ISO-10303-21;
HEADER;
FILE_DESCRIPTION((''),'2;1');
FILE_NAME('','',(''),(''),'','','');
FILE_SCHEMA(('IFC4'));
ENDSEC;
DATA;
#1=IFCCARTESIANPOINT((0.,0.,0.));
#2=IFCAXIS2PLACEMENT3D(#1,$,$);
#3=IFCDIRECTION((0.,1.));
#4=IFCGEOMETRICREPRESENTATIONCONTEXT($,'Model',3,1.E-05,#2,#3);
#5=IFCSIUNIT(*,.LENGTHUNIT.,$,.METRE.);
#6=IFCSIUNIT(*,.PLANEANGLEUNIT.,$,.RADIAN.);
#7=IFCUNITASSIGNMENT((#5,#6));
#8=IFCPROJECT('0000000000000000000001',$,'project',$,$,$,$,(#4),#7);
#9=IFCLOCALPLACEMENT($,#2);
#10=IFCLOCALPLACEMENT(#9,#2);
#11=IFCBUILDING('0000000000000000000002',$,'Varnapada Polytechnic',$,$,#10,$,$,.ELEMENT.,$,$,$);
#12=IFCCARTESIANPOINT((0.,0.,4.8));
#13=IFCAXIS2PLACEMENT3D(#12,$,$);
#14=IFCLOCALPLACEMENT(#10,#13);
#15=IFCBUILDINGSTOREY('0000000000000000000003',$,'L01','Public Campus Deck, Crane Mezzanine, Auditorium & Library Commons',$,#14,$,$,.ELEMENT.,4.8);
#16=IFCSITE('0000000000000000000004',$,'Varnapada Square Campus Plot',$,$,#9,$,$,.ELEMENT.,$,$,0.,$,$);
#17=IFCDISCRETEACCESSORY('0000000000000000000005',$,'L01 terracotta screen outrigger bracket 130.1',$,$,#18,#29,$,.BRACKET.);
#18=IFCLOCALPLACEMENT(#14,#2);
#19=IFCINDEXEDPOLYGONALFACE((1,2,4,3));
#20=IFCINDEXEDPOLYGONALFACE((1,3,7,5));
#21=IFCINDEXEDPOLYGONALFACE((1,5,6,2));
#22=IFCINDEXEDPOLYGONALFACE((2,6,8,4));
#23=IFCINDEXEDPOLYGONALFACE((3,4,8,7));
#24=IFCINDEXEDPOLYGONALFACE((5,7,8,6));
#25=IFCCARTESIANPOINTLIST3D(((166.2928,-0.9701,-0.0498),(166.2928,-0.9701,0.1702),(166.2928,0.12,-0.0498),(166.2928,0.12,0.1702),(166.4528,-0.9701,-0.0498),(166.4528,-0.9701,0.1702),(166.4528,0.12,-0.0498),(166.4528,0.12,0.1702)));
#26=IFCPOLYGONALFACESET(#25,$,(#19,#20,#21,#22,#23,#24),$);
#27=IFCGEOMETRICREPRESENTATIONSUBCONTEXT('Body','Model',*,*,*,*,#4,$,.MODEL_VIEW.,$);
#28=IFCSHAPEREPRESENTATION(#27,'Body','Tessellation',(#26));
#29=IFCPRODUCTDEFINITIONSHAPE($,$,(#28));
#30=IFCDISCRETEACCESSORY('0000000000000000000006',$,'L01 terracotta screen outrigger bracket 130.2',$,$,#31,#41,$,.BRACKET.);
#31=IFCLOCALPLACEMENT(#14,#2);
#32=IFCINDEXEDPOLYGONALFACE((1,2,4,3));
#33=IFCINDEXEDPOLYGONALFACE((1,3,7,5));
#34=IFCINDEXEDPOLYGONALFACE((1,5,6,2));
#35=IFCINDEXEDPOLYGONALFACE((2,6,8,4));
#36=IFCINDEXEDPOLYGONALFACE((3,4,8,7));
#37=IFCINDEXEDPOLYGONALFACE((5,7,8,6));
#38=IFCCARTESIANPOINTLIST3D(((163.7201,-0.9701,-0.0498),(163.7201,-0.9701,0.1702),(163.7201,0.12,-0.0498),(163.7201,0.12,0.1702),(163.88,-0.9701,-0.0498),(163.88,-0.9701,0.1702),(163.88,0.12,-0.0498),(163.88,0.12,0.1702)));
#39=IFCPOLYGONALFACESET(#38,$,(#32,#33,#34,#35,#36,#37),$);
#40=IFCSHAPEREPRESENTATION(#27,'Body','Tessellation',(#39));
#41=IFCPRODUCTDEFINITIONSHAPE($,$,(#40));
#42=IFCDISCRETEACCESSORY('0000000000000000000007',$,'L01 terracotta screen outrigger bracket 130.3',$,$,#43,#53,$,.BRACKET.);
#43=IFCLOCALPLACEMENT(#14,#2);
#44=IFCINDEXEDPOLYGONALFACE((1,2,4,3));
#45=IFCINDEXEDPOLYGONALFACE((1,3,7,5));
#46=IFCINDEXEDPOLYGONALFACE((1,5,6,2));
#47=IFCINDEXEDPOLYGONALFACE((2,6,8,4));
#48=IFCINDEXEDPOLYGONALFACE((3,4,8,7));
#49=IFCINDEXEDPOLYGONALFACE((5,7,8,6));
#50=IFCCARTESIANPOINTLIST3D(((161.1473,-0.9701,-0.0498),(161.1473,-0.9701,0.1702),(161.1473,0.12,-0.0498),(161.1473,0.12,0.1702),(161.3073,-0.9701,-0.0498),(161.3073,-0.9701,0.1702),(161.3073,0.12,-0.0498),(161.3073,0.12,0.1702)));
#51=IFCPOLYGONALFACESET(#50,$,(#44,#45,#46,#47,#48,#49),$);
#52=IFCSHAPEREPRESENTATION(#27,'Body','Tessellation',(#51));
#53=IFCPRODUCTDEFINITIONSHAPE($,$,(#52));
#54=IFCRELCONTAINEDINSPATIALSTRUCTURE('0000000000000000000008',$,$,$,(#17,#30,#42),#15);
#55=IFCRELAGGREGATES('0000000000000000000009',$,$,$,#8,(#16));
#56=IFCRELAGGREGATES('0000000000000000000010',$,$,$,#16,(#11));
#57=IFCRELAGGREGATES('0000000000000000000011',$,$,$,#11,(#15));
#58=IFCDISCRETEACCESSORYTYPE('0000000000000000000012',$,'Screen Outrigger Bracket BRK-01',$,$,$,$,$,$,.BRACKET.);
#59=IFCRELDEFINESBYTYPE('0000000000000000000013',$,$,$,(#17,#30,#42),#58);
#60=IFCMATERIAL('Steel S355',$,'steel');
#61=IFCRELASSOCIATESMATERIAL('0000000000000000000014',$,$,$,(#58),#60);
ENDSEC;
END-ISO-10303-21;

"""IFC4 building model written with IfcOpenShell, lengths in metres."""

from ifc_helpers import new_model, si_unit, direction, frame, origin, origin_2d, place, context, subcontext, project, spatial, rectangle, extrude, material, type_object, element, save


model = new_model("IFC4")

# Units and contexts
model_context = context("Model", 3, precision=1e-05, world=origin(), true_north=direction((0.0, 1.0)))
body_context = subcontext(model_context, "Body", "Model", "MODEL_VIEW")
ifc_project = project(units=[si_unit("LENGTHUNIT", "METRE"), si_unit("PLANEANGLEUNIT", "RADIAN")], contexts=[model_context])

# Site, building, storey
site_placement = place(None, origin())
site = spatial("IfcSite", under=ifc_project, at=site_placement, Name="Varnapada Square Campus Plot", CompositionType="ELEMENT", RefElevation=0.0)
building_placement = place(site_placement, origin())
building = spatial("IfcBuilding", under=site, at=building_placement, Name="Varnapada Polytechnic", CompositionType="ELEMENT")
storey_placement = place(building_placement, frame((0.0, 0.0, 4.8)))
storey = spatial("IfcBuildingStorey", under=building, at=storey_placement, Name="L01", Description="Public Campus Deck, Crane Mezzanine, Auditorium & Library Commons", CompositionType="ELEMENT", Elevation=4.8)

# Shared definitions
ifc_material_1 = material(Name="Steel S355", Category="steel")

# Discrete accessories
discrete_accessory_type = type_object("IfcDiscreteAccessoryType", Name="Screen Outrigger Bracket BRK-01", PredefinedType="BRACKET", material=ifc_material_1)
for number, where, z_axis, x_axis, name in (
    (1, (166.3728, -0.425, -0.0498), (0.0, 0.0, 1.0), (-1.0, 0.0, 0.0), "L01 terracotta screen outrigger bracket 130.1"),
    (2, (163.8, -0.425, -0.0498), (0.0, 0.0, 1.0), (-1.0, 0.0, 0.0), "L01 terracotta screen outrigger bracket 130.2"),
    (3, (161.2273, -0.425, -0.0498), (0.0, 0.0, 1.0), (-1.0, 0.0, 0.0), "L01 terracotta screen outrigger bracket 130.3"),
):
    element("IfcDiscreteAccessory", number, at=place(storey_placement, frame(where, z_axis=z_axis, x_axis=x_axis)), inside=storey, type_object=discrete_accessory_type, Name=name, PredefinedType="BRACKET", context=body_context, shape_type="SweptSolid", body=[
        extrude(rectangle(XDim=0.1599, YDim=1.0901, at=origin_2d()), origin(), (0.0, 0.0, 1.0), 0.22),
    ])

save(model, "model.ifc")
